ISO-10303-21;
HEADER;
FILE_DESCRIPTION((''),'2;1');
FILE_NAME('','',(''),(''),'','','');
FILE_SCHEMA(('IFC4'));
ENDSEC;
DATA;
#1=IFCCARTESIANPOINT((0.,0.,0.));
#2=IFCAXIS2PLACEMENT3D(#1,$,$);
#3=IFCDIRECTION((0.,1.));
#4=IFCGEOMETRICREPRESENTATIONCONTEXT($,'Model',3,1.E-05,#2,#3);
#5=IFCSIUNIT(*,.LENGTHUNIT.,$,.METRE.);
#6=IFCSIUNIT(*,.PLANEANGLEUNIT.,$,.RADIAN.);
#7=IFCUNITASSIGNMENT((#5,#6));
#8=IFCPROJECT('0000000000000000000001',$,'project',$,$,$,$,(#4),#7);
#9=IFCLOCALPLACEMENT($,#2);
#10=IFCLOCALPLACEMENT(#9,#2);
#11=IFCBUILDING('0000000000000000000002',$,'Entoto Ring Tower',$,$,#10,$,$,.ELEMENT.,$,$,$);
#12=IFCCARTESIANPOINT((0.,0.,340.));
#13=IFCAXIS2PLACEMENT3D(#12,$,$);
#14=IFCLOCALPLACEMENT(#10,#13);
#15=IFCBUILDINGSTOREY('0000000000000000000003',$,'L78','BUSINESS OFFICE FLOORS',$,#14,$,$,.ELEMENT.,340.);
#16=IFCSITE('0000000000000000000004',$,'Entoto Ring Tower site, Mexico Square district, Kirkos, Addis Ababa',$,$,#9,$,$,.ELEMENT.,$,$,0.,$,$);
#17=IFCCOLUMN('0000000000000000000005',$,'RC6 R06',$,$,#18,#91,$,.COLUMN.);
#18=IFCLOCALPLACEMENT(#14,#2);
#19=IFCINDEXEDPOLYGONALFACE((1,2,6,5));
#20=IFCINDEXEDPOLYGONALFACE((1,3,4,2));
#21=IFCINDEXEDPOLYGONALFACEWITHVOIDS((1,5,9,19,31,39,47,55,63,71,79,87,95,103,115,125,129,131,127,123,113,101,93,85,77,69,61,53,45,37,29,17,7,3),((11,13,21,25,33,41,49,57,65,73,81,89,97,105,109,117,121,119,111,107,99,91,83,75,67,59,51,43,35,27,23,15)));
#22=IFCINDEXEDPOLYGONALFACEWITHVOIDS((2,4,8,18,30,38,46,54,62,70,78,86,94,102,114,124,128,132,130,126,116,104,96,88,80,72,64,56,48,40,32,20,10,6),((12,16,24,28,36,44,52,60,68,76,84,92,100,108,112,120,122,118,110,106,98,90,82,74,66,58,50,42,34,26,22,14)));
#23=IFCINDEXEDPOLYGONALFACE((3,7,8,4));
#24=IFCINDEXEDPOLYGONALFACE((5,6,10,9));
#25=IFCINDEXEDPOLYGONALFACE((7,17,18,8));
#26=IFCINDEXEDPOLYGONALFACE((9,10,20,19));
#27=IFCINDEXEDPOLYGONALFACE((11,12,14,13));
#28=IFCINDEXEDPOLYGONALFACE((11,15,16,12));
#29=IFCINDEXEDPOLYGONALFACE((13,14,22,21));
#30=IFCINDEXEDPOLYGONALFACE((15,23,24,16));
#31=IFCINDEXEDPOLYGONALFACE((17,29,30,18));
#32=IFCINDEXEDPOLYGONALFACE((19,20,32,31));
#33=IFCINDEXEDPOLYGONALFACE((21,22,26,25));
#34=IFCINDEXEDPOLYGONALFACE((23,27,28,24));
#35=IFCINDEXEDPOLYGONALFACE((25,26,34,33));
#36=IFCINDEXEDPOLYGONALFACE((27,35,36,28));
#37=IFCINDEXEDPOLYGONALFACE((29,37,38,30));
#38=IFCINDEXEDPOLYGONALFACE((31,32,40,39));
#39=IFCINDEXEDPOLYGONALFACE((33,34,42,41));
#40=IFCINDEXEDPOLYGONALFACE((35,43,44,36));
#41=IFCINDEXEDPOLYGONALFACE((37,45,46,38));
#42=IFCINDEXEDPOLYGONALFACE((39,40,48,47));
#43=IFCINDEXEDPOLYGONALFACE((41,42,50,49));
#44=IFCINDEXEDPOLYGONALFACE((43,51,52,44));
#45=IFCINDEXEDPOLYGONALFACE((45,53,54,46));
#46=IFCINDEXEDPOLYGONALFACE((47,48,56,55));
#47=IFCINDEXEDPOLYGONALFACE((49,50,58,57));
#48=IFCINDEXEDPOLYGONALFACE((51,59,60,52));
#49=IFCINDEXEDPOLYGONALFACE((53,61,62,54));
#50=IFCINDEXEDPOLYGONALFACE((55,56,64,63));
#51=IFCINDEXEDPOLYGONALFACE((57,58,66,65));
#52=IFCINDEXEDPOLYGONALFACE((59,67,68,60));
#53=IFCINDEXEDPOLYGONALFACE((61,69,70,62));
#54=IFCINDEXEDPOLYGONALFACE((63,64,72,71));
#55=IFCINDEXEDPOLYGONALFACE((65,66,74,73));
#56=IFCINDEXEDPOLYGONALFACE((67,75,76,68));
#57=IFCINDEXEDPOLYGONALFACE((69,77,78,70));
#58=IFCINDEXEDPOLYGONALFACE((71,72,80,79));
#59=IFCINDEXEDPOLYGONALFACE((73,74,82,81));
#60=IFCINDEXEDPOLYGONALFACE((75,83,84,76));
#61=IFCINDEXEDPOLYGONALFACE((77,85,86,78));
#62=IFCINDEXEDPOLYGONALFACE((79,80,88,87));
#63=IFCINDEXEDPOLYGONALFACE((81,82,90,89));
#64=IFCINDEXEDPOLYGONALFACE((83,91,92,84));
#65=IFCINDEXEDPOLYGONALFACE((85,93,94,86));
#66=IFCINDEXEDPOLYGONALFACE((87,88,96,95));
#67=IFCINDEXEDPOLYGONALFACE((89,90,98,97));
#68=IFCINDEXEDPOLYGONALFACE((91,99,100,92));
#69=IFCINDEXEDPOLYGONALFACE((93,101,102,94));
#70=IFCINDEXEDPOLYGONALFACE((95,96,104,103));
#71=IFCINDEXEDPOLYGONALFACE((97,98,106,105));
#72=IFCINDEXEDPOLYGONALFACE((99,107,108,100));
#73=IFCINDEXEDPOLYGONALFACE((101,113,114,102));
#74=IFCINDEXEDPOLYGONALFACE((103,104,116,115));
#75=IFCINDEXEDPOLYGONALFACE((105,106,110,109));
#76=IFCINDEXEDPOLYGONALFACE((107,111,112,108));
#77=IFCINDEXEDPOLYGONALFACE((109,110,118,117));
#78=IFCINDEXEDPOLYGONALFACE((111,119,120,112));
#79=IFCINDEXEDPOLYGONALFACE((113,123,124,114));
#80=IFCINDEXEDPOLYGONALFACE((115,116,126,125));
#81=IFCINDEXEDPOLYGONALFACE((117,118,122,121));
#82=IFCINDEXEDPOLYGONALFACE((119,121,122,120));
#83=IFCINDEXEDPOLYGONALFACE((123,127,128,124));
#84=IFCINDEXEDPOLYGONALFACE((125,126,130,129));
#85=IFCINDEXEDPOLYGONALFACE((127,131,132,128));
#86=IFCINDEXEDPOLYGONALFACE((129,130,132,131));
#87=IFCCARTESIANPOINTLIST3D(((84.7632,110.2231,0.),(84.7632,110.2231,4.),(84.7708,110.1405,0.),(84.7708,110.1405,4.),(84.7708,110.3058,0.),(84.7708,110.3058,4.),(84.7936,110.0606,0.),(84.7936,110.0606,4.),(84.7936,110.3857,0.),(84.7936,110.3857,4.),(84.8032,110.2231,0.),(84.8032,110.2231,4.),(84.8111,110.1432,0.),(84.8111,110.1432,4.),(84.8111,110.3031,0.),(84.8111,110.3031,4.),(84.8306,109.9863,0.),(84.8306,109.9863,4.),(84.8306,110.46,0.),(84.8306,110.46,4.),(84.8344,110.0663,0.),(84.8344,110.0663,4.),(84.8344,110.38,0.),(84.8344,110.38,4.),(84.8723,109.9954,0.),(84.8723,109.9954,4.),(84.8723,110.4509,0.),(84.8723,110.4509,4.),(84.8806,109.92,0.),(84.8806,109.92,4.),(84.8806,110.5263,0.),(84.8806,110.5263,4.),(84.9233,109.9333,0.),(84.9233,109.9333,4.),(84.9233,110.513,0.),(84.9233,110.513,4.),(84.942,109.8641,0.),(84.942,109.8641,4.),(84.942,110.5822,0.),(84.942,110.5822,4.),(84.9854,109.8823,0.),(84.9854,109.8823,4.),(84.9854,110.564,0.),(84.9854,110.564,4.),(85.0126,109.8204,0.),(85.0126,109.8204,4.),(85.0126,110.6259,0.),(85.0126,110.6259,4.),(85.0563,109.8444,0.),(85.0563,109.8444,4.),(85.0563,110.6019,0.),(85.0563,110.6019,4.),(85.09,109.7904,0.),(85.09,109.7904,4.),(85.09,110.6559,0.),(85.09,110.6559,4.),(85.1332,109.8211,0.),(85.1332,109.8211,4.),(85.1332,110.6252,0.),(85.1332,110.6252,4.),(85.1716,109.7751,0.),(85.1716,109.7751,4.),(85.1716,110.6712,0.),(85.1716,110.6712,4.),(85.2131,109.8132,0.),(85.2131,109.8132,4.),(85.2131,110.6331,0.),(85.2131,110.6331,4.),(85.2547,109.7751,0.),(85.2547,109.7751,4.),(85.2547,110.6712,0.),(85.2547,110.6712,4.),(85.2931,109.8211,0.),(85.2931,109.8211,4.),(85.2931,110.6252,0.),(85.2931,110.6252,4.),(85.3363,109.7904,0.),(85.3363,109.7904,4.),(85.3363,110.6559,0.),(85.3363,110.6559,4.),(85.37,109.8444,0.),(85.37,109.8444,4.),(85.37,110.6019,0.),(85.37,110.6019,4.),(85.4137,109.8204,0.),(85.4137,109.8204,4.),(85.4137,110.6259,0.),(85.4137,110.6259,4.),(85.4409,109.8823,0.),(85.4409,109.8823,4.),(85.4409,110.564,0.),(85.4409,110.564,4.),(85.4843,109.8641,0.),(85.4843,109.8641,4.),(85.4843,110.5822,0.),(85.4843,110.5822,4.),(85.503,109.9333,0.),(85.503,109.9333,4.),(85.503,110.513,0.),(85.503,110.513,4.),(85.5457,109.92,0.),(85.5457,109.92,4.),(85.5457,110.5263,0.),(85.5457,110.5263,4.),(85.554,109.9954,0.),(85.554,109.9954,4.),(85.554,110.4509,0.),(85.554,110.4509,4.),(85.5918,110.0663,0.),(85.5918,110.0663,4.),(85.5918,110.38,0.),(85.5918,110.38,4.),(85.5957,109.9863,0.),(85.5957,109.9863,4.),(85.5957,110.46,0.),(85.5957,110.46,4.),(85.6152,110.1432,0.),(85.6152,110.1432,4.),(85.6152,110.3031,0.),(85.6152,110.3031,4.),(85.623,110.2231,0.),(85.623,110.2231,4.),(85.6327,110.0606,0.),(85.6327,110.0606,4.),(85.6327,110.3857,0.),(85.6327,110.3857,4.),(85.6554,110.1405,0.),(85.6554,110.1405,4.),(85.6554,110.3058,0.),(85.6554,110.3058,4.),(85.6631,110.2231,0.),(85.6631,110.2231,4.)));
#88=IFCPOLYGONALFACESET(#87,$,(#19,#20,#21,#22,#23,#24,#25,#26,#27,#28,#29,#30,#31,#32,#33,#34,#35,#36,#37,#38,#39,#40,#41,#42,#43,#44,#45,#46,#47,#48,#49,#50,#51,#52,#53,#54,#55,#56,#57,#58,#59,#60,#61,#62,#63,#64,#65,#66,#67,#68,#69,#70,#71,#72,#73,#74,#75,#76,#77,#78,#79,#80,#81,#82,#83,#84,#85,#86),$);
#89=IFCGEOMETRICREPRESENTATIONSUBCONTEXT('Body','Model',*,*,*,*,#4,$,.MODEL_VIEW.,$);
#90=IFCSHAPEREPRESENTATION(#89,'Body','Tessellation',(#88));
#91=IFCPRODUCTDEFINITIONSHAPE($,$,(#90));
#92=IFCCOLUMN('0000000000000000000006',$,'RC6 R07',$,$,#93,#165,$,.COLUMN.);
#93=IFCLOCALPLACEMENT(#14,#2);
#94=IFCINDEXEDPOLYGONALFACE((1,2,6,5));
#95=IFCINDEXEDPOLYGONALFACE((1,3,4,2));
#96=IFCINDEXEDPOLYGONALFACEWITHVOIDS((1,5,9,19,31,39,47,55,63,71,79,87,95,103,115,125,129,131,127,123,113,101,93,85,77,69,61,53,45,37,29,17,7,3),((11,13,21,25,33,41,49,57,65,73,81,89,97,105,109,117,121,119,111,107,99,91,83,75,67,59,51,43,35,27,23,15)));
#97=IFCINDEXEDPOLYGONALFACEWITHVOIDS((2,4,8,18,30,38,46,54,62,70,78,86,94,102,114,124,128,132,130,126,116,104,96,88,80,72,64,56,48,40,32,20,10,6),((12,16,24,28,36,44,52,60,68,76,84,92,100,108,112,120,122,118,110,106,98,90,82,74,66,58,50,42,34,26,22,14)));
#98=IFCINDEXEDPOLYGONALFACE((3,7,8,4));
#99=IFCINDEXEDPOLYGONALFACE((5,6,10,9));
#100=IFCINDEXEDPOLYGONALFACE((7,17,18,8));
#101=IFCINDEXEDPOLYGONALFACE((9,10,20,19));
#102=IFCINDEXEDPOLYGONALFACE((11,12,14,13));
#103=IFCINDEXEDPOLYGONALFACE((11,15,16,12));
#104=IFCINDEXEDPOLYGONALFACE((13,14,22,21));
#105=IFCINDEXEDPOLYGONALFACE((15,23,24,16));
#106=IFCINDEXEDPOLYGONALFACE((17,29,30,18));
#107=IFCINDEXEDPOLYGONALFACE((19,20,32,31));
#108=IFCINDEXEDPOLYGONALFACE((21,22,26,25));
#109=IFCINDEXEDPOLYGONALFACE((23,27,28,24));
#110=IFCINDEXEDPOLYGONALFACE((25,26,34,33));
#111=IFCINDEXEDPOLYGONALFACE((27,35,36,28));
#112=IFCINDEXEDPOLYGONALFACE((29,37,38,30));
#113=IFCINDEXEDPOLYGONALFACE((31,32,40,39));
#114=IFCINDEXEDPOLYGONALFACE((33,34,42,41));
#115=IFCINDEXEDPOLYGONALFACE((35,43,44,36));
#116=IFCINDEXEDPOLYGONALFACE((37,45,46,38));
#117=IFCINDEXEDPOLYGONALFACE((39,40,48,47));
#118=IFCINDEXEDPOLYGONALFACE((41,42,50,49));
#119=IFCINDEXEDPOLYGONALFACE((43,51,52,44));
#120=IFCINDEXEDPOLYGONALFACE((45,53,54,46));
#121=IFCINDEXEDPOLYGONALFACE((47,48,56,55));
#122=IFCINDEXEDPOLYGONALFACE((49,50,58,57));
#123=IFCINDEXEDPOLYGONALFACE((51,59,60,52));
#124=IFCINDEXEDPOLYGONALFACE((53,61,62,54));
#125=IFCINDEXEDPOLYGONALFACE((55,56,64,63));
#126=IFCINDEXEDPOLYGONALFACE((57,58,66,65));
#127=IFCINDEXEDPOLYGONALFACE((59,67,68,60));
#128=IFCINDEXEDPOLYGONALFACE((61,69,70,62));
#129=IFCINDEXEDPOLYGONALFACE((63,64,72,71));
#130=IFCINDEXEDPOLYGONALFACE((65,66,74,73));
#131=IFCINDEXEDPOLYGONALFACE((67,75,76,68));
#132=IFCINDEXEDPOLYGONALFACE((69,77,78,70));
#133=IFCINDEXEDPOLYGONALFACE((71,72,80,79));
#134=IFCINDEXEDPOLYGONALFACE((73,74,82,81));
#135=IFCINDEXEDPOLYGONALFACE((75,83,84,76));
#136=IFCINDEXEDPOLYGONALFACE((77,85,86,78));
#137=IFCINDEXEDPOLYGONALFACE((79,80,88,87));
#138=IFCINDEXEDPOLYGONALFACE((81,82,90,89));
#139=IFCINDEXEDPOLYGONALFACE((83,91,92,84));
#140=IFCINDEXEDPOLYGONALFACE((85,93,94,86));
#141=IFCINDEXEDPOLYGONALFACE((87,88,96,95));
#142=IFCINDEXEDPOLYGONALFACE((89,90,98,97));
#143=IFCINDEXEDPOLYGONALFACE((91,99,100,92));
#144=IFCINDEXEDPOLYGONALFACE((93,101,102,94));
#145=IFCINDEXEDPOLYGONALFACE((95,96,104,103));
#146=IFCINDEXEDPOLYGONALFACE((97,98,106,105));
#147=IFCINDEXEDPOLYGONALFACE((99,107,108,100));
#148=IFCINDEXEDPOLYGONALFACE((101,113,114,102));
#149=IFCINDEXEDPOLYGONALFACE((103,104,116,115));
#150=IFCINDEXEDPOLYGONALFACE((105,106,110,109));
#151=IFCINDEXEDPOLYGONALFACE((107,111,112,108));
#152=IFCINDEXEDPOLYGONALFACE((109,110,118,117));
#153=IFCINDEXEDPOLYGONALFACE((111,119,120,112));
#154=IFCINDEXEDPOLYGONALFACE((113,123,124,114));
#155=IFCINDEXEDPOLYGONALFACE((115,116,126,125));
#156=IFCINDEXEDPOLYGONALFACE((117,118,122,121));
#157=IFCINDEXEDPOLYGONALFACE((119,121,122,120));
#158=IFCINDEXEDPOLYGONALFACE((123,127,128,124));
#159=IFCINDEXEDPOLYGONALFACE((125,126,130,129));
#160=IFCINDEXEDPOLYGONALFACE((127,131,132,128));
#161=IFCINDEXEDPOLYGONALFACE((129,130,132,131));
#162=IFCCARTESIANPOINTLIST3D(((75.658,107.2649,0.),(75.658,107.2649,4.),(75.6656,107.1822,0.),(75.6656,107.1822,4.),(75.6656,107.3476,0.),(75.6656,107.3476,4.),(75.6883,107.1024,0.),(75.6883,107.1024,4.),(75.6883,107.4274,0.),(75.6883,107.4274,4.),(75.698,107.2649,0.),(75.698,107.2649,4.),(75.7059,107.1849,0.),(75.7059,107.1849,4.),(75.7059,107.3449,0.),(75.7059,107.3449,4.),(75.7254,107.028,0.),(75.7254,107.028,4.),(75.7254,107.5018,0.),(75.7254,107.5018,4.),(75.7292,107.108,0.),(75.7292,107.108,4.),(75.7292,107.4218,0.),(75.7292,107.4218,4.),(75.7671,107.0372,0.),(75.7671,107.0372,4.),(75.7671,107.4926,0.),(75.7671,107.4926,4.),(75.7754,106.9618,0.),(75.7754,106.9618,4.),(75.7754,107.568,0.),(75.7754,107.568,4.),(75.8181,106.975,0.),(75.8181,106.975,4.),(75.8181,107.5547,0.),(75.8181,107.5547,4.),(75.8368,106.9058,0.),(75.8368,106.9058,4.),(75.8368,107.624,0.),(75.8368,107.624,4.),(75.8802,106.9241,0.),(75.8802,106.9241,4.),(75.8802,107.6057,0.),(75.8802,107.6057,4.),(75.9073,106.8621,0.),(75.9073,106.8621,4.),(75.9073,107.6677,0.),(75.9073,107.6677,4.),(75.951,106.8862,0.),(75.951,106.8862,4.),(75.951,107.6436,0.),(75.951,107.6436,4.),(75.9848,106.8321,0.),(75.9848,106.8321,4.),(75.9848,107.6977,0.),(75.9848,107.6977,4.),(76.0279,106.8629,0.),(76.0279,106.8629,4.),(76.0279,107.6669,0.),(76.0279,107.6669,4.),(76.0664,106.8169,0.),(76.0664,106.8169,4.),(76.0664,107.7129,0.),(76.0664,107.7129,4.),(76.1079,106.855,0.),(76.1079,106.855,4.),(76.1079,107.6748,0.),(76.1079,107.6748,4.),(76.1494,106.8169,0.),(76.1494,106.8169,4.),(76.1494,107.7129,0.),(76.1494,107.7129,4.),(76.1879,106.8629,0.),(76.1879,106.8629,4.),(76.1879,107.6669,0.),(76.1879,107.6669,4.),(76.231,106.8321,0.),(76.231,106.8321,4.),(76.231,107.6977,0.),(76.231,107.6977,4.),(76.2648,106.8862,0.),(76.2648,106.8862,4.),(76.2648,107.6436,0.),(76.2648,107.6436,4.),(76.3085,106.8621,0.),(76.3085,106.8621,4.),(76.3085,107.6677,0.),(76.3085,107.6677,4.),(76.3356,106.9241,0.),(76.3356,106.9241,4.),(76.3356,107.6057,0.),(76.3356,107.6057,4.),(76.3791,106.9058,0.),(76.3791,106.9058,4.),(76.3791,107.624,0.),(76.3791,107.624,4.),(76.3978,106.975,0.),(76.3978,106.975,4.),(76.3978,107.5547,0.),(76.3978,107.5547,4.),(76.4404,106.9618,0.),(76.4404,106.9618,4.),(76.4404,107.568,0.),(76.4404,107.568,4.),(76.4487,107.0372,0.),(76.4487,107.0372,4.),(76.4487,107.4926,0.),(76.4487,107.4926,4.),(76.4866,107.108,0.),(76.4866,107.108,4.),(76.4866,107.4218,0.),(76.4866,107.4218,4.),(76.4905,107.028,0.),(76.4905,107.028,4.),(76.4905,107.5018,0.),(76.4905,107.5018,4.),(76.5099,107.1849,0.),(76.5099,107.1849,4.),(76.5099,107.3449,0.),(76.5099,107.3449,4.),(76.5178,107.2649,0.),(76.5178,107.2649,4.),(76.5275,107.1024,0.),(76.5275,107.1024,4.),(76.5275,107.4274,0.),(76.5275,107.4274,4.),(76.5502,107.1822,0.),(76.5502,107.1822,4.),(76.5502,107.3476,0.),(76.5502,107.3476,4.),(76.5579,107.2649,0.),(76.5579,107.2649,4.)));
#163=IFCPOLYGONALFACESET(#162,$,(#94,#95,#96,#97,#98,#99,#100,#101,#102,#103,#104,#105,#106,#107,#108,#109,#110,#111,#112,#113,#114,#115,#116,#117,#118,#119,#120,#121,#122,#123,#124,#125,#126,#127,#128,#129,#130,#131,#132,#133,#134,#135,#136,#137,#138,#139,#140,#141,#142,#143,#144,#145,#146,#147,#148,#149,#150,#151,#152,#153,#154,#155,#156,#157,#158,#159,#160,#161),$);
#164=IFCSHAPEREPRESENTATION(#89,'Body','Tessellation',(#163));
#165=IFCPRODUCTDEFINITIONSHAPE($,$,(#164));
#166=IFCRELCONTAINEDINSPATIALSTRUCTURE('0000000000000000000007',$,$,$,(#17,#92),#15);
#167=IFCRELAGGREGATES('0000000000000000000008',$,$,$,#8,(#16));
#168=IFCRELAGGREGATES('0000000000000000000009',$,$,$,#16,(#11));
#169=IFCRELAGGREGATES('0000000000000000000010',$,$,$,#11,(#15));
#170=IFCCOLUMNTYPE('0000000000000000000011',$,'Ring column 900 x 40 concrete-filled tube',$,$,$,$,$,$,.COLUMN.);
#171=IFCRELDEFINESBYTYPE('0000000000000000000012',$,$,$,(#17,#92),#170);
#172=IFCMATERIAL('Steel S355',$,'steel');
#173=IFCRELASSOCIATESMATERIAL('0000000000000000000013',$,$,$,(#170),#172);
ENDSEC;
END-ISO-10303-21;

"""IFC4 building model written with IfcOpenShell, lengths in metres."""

from ifc_helpers import new_model, si_unit, direction, frame, origin, origin_2d, place, context, subcontext, project, spatial, circle, hollow_circle, extrude, material, material_profile, profile_set, type_object, element, save


model = new_model("IFC4")

# Units and contexts
model_context = context("Model", 3, precision=1e-05, world=origin(), true_north=direction((0.0, 1.0)))
body_context = subcontext(model_context, "Body", "Model", "MODEL_VIEW")
ifc_project = project(units=[si_unit("LENGTHUNIT", "METRE"), si_unit("PLANEANGLEUNIT", "RADIAN")], contexts=[model_context])

# Site, building, storey
site_placement = place(None, origin())
site = spatial("IfcSite", under=ifc_project, at=site_placement, Name="Entoto Ring Tower site, Mexico Square district, Kirkos, Addis Ababa", CompositionType="ELEMENT", RefElevation=0.0)
building_placement = place(site_placement, origin())
building = spatial("IfcBuilding", under=site, at=building_placement, Name="Entoto Ring Tower", CompositionType="ELEMENT")
storey_placement = place(building_placement, frame((0.0, 0.0, 340.0)))
storey = spatial("IfcBuildingStorey", under=building, at=storey_placement, Name="L78", Description="BUSINESS OFFICE FLOORS", CompositionType="ELEMENT", Elevation=340.0)

# Columns
ifc_material_1 = material(Name="Steel S355", Category="steel")
ifc_material_profile_1 = material_profile(ifc_material_1, hollow_circle(Radius=0.45, WallThickness=0.04, at=origin_2d()), Name="CHS 900 x 40")
ifc_material_2 = material(Name="Concrete C60/75", Category="concrete")
ifc_material_profile_2 = material_profile(ifc_material_2, circle(Radius=0.4099, at=origin_2d()), Name="Concrete C60/75 infill")
ifc_profile_set_1 = profile_set([ifc_material_profile_1, ifc_material_profile_2], Name="Steel S355")
column_type = type_object("IfcColumnType", Name="Ring column 900 x 40 concrete-filled tube", PredefinedType="COLUMN", material=ifc_profile_set_1)
for number, where, z_axis, x_axis, name in (
    (1, (85.2131, 110.2231, 0.0), (0.0, 0.0, 1.0), (1.0, 0.0, 0.0), "RC6 R06"),
    (2, (76.1079, 107.2649, 0.0), (0.0, 0.0, 1.0), (1.0, 0.0, 0.0), "RC6 R07"),
):
    element("IfcColumn", number, at=place(storey_placement, frame(where, z_axis=z_axis, x_axis=x_axis)), inside=storey, type_object=column_type, Name=name, PredefinedType="COLUMN", context=body_context, shape_type="SweptSolid", body=[
        extrude(hollow_circle(Radius=0.45, WallThickness=0.04, at=origin_2d()), origin(), (0.0, 0.0, 1.0), 4.0),
    ])

save(model, "model.ifc")
